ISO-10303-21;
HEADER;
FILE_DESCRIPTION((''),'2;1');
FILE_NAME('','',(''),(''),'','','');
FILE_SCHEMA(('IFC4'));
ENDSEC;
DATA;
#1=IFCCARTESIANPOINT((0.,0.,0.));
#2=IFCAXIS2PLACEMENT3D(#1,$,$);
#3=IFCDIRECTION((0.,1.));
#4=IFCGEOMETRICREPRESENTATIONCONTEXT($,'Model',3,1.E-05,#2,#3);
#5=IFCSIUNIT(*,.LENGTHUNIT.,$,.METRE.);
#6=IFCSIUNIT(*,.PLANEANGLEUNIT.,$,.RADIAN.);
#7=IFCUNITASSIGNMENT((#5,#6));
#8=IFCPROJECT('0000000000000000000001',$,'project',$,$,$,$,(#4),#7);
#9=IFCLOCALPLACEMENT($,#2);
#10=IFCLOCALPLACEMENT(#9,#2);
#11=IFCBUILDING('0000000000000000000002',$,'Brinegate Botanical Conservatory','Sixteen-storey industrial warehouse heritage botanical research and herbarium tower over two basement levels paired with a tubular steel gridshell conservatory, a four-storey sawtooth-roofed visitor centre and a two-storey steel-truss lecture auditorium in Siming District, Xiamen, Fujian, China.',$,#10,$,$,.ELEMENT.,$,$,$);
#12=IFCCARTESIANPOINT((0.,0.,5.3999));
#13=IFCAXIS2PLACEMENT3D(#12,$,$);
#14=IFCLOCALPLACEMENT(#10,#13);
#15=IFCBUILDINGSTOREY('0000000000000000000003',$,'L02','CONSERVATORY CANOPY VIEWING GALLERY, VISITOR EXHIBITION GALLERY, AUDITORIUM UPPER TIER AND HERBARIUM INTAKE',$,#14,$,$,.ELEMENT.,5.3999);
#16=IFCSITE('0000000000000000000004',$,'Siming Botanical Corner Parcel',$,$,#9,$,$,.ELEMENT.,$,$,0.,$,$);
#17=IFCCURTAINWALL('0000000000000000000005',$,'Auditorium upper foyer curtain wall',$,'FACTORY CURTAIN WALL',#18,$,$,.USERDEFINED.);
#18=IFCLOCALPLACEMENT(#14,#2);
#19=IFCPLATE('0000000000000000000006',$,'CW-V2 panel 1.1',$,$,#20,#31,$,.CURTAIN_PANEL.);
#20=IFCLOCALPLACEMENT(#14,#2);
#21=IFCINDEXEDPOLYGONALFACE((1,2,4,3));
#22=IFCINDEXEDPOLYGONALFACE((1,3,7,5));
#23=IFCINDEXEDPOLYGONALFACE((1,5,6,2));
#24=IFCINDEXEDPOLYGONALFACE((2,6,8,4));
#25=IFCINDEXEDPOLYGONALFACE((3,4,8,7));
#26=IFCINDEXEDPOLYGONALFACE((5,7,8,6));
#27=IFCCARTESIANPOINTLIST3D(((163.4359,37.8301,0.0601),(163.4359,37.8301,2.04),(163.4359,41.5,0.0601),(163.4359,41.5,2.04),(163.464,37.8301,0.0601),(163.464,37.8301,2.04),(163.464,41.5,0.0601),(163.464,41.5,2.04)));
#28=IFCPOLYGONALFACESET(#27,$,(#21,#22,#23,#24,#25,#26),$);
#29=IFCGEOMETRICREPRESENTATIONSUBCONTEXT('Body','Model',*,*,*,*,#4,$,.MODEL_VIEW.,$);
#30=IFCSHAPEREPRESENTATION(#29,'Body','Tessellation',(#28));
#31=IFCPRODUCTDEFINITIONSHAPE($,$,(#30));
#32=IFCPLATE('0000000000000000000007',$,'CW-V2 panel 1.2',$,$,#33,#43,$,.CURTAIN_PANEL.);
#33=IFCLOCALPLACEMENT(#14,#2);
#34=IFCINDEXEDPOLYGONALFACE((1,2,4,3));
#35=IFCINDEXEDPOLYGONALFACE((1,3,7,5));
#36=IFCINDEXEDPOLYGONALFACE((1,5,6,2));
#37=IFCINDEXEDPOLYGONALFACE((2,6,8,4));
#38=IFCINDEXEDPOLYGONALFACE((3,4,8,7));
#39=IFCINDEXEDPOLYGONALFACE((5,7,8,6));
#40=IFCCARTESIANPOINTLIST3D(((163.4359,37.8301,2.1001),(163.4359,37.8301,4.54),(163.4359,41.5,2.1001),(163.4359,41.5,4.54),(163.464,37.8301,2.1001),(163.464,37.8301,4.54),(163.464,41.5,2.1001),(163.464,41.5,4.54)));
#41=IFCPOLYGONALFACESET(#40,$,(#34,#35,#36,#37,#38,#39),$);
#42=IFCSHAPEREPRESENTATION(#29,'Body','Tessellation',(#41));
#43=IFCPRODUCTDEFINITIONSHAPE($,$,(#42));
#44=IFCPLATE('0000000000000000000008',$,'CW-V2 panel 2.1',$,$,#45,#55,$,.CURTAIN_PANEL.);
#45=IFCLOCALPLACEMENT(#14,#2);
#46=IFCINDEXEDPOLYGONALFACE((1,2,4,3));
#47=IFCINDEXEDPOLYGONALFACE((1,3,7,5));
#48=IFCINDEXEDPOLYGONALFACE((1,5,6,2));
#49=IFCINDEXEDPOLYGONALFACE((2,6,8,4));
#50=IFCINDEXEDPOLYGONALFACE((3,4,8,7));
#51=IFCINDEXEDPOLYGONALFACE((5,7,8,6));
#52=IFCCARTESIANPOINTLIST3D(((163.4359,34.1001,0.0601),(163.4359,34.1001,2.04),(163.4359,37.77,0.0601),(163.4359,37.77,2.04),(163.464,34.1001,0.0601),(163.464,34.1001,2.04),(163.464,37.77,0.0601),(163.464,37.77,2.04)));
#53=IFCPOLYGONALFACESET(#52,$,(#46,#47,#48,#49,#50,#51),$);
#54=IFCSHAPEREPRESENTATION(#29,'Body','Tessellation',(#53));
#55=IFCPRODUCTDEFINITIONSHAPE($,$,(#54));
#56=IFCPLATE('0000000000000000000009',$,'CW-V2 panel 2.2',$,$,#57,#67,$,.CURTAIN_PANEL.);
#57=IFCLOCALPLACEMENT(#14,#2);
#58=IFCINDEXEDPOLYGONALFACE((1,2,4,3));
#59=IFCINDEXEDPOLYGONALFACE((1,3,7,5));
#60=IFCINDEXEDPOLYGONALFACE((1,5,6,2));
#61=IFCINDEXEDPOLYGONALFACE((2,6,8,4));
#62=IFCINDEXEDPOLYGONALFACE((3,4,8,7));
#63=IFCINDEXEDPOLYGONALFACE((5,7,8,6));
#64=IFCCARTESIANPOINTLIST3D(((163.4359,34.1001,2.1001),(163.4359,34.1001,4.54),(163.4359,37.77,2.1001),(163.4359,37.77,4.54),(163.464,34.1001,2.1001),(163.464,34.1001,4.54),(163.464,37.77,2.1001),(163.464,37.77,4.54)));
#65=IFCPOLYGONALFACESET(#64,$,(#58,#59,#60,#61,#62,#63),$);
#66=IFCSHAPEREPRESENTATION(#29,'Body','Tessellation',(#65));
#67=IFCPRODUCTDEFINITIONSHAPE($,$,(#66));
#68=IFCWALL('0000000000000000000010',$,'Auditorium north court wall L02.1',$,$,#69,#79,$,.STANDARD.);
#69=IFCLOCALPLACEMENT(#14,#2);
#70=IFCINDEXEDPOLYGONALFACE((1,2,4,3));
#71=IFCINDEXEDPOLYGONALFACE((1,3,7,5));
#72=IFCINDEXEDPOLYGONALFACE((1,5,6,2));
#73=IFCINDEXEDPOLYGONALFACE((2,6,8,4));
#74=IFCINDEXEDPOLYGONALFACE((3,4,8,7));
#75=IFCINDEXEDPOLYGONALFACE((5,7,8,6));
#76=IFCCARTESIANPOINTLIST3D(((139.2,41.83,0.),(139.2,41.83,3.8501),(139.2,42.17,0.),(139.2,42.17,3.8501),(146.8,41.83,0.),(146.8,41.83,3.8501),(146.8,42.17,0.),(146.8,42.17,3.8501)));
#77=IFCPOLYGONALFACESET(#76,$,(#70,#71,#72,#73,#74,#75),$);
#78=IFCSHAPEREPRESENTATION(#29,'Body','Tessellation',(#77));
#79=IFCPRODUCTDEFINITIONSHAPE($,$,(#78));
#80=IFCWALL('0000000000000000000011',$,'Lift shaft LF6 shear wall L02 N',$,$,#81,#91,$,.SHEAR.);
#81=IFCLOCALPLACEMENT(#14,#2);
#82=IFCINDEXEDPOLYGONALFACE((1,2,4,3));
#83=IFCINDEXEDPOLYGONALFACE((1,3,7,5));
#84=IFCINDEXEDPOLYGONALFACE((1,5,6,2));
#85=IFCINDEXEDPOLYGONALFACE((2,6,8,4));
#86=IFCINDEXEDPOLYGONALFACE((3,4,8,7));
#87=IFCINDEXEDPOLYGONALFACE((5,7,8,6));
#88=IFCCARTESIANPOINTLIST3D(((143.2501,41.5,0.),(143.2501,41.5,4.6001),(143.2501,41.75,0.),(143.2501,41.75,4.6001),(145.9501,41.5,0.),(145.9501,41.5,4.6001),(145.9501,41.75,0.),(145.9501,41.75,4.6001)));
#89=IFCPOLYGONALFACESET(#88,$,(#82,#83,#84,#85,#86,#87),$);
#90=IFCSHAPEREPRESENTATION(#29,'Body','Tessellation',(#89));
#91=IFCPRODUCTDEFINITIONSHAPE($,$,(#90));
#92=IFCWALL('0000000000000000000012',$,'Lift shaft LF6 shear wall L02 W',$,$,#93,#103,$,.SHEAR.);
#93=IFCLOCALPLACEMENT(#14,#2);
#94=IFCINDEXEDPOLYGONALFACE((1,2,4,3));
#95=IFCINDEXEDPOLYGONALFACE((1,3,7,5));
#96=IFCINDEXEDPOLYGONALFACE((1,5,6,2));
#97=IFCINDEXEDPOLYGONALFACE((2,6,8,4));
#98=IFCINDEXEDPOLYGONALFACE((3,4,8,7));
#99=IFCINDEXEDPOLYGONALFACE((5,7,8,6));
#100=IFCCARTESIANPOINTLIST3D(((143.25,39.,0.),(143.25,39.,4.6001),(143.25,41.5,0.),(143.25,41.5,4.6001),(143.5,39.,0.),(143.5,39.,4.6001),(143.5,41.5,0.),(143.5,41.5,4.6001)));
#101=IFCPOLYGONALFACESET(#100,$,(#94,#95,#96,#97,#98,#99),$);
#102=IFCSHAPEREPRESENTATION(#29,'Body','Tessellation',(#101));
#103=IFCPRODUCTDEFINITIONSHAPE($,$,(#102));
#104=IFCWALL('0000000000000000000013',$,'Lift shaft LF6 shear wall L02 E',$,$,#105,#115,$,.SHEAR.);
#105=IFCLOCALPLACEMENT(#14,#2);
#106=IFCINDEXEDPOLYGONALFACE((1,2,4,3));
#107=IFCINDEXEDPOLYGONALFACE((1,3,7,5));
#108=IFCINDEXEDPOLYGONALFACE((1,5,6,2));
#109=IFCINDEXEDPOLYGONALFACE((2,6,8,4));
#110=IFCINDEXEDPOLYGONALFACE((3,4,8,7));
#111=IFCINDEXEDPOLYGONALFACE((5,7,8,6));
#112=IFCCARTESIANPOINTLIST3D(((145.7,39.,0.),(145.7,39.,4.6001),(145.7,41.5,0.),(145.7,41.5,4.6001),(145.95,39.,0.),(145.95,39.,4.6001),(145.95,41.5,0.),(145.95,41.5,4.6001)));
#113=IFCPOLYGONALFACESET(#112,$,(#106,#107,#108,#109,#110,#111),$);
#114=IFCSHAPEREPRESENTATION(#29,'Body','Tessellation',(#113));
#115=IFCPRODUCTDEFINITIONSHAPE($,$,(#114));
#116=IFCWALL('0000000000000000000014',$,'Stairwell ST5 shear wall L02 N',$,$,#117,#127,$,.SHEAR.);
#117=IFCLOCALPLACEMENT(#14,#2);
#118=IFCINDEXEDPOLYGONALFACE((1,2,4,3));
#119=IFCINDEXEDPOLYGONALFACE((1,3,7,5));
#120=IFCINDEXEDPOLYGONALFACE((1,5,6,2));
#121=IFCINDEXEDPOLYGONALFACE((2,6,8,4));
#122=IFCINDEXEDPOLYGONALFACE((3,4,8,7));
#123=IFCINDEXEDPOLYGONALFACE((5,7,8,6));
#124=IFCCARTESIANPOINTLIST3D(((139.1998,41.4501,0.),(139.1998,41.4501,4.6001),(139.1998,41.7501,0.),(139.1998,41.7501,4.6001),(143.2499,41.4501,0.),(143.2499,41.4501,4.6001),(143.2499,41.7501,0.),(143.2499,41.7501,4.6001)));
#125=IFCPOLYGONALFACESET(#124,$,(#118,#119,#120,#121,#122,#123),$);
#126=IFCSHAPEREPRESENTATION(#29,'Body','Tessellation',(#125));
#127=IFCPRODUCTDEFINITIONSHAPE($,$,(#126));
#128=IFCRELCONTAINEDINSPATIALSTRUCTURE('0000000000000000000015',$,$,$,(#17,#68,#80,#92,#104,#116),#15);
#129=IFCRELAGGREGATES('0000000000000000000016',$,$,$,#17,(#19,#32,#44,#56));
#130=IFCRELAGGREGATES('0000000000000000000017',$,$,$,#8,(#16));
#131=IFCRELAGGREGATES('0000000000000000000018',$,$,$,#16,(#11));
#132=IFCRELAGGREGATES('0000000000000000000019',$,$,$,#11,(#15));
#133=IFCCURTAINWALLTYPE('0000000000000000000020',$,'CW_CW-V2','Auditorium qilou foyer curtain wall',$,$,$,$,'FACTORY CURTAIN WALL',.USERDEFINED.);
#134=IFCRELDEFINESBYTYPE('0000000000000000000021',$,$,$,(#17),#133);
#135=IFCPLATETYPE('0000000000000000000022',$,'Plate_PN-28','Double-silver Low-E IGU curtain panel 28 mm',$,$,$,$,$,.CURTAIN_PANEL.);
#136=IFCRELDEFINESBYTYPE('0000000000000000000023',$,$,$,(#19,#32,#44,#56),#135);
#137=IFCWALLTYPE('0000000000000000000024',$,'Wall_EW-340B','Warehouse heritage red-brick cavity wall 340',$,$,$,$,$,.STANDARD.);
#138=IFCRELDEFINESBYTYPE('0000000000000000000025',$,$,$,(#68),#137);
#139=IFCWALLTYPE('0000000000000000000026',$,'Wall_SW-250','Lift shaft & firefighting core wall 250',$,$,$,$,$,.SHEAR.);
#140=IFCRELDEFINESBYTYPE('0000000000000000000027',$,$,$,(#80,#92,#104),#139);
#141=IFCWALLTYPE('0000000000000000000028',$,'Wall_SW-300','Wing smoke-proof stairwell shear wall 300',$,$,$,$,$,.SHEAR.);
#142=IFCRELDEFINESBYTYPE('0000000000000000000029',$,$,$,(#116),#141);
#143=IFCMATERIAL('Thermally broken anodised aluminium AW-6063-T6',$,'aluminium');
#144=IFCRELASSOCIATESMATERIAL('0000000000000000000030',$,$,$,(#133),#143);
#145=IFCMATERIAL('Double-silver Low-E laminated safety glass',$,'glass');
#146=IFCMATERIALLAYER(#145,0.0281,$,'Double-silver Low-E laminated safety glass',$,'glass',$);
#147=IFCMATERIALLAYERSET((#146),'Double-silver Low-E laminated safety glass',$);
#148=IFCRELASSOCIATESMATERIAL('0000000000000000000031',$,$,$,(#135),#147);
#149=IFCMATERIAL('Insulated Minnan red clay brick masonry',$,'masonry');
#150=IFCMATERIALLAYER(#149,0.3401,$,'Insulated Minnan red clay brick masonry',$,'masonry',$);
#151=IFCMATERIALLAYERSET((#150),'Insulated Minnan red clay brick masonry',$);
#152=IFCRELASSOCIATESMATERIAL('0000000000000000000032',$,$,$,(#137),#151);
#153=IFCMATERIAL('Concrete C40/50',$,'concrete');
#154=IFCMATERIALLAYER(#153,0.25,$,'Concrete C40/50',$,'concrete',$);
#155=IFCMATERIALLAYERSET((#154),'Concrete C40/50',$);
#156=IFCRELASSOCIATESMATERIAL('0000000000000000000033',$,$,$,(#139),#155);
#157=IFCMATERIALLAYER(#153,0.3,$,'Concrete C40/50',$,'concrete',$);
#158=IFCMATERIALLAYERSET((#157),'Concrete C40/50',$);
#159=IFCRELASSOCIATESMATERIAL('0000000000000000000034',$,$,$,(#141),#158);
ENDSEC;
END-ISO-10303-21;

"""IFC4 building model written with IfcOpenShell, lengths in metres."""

from ifc_helpers import new_model, si_unit, direction, frame, frame_2d, origin, origin_2d, place, context, subcontext, project, spatial, rectangle, extrude, material, layer, layer_set, type_object, element, aggregate, save


model = new_model("IFC4")

# Units and contexts
model_context = context("Model", 3, precision=1e-05, world=origin(), true_north=direction((0.0, 1.0)))
body_context = subcontext(model_context, "Body", "Model", "MODEL_VIEW")
ifc_project = project(units=[si_unit("LENGTHUNIT", "METRE"), si_unit("PLANEANGLEUNIT", "RADIAN")], contexts=[model_context])

# Site, building, storey
site_placement = place(None, origin())
site = spatial("IfcSite", under=ifc_project, at=site_placement, Name="Siming Botanical Corner Parcel", CompositionType="ELEMENT", RefElevation=0.0)
building_placement = place(site_placement, origin())
building = spatial("IfcBuilding", under=site, at=building_placement, Name="Brinegate Botanical Conservatory", Description="Sixteen-storey industrial warehouse heritage botanical research and herbarium tower over two basement levels paired with a tubular steel gridshell conservatory, a four-storey sawtooth-roofed visitor centre and a two-storey steel-truss lecture auditorium in Siming District, Xiamen, Fujian, China.", CompositionType="ELEMENT")
storey_placement = place(building_placement, frame((0.0, 0.0, 5.3999)))
storey = spatial("IfcBuildingStorey", under=building, at=storey_placement, Name="L02", Description="CONSERVATORY CANOPY VIEWING GALLERY, VISITOR EXHIBITION GALLERY, AUDITORIUM UPPER TIER AND HERBARIUM INTAKE", CompositionType="ELEMENT", Elevation=5.3999)

# Shared definitions
ifc_material_1 = material(Name="Concrete C40/50", Category="concrete")

# Curtain wall
ifc_material_2 = material(Name="Thermally broken anodised aluminium AW-6063-T6", Category="aluminium")
curtain_wall_type = type_object("IfcCurtainWallType", Name="CW_CW-V2", Description="Auditorium qilou foyer curtain wall", ElementType="FACTORY CURTAIN WALL", PredefinedType="USERDEFINED", material=ifc_material_2)
curtain_wall_1_placement = place(storey_placement, origin())
curtain_wall_1 = element("IfcCurtainWall", 1, at=curtain_wall_1_placement, inside=storey, type_object=curtain_wall_type, Name="Auditorium upper foyer curtain wall", ObjectType="FACTORY CURTAIN WALL", PredefinedType="USERDEFINED")

# Plates
ifc_material_3 = material(Name="Double-silver Low-E laminated safety glass", Category="glass")
ifc_layer_1 = layer(ifc_material_3, 0.0281, Name="Double-silver Low-E laminated safety glass", Category="glass")
ifc_layer_set_1 = layer_set([ifc_layer_1], Name="Double-silver Low-E laminated safety glass")
plate_type = type_object("IfcPlateType", Name="Plate_PN-28", Description="Double-silver Low-E IGU curtain panel 28 mm", PredefinedType="CURTAIN_PANEL", material=ifc_layer_set_1)
plate_1_placement = place(storey_placement, frame((163.45, 39.665, 0.0601), z_axis=(0.0, 0.0, 1.0), x_axis=(0.0, -1.0, 0.0)))
plate_1 = element("IfcPlate", 2, at=plate_1_placement, type_object=plate_type, Name="CW-V2 panel 1.1", PredefinedType="CURTAIN_PANEL", context=body_context, shape_type="SweptSolid", body=[
    extrude(rectangle(XDim=3.6699, YDim=0.0281, at=origin_2d()), origin(), (0.0, 0.0, 1.0), 1.98),
])
plate_2_placement = place(storey_placement, frame((163.45, 39.665, 2.1001), z_axis=(0.0, 0.0, 1.0), x_axis=(0.0, -1.0, 0.0)))
plate_2 = element("IfcPlate", 3, at=plate_2_placement, type_object=plate_type, Name="CW-V2 panel 1.2", PredefinedType="CURTAIN_PANEL", context=body_context, shape_type="SweptSolid", body=[
    extrude(rectangle(XDim=3.6699, YDim=0.0281, at=origin_2d()), origin(), (0.0, 0.0, 1.0), 2.4399),
])
plate_3_placement = place(storey_placement, frame((163.45, 35.9351, 0.0601), z_axis=(0.0, 0.0, 1.0), x_axis=(0.0, -1.0, 0.0)))
plate_3 = element("IfcPlate", 4, at=plate_3_placement, type_object=plate_type, Name="CW-V2 panel 2.1", PredefinedType="CURTAIN_PANEL", context=body_context, shape_type="SweptSolid", body=[
    extrude(rectangle(XDim=3.6699, YDim=0.0281, at=origin_2d()), origin(), (0.0, 0.0, 1.0), 1.98),
])
plate_4_placement = place(storey_placement, frame((163.45, 35.9351, 2.1001), z_axis=(0.0, 0.0, 1.0), x_axis=(0.0, -1.0, 0.0)))
plate_4 = element("IfcPlate", 5, at=plate_4_placement, type_object=plate_type, Name="CW-V2 panel 2.2", PredefinedType="CURTAIN_PANEL", context=body_context, shape_type="SweptSolid", body=[
    extrude(rectangle(XDim=3.6699, YDim=0.0281, at=origin_2d()), origin(), (0.0, 0.0, 1.0), 2.4399),
])
aggregate(curtain_wall_1, [plate_1, plate_2, plate_3, plate_4])

# Wall
ifc_material_4 = material(Name="Insulated Minnan red clay brick masonry", Category="masonry")
ifc_layer_2 = layer(ifc_material_4, 0.3401, Name="Insulated Minnan red clay brick masonry", Category="masonry")
ifc_layer_set_2 = layer_set([ifc_layer_2], Name="Insulated Minnan red clay brick masonry")
wall_type_1 = type_object("IfcWallType", Name="Wall_EW-340B", Description="Warehouse heritage red-brick cavity wall 340", PredefinedType="STANDARD", material=ifc_layer_set_2)
wall_1_placement = place(storey_placement, frame((139.2, 42.0, 0.0), z_axis=(0.0, 0.0, 1.0), x_axis=(1.0, 0.0, 0.0)))
element("IfcWall", 6, at=wall_1_placement, inside=storey, type_object=wall_type_1, Name="Auditorium north court wall L02.1", PredefinedType="STANDARD", context=body_context, shape_type="SweptSolid", body=[
    extrude(rectangle(XDim=7.6001, YDim=0.3401, at=frame_2d((3.8, 0.0))), origin(), (0.0, 0.0, 1.0), 3.8501),
])

# Shared definitions
ifc_layer_3 = layer(ifc_material_1, 0.25, Name="Concrete C40/50", Category="concrete")
ifc_layer_set_3 = layer_set([ifc_layer_3], Name="Concrete C40/50")
wall_type_2 = type_object("IfcWallType", Name="Wall_SW-250", Description="Lift shaft & firefighting core wall 250", PredefinedType="SHEAR", material=ifc_layer_set_3)

# Walls
wall_2_placement = place(storey_placement, frame((143.25, 41.625, 0.0), z_axis=(0.0, 0.0, 1.0), x_axis=(1.0, 0.0, 0.0)))
element("IfcWall", 7, at=wall_2_placement, inside=storey, type_object=wall_type_2, Name="Lift shaft LF6 shear wall L02 N", PredefinedType="SHEAR", context=body_context, shape_type="SweptSolid", body=[
    extrude(rectangle(XDim=2.7, YDim=0.25, at=frame_2d((1.3501, 0.0))), origin(), (0.0, 0.0, 1.0), 4.6001),
])
for number, where, z_axis, x_axis, name in (
    (8, (143.375, 39.0, 0.0), (0.0, 0.0, 1.0), (0.0, 1.0, 0.0), "Lift shaft LF6 shear wall L02 W"),
    (9, (145.825, 39.0, 0.0), (0.0, 0.0, 1.0), (0.0, 1.0, 0.0), "Lift shaft LF6 shear wall L02 E"),
):
    element("IfcWall", number, at=place(storey_placement, frame(where, z_axis=z_axis, x_axis=x_axis)), inside=storey, type_object=wall_type_2, Name=name, PredefinedType="SHEAR", context=body_context, shape_type="SweptSolid", body=[
        extrude(rectangle(XDim=2.5, YDim=0.25, at=frame_2d((1.25, 0.0))), origin(), (0.0, 0.0, 1.0), 4.6001),
    ])
ifc_layer_4 = layer(ifc_material_1, 0.3, Name="Concrete C40/50", Category="concrete")
ifc_layer_set_4 = layer_set([ifc_layer_4], Name="Concrete C40/50")
wall_type_3 = type_object("IfcWallType", Name="Wall_SW-300", Description="Wing smoke-proof stairwell shear wall 300", PredefinedType="SHEAR", material=ifc_layer_set_4)
wall_3_placement = place(storey_placement, frame((139.2, 41.6001, 0.0), z_axis=(0.0, 0.0, 1.0), x_axis=(1.0, 0.0, 0.0)))
element("IfcWall", 10, at=wall_3_placement, inside=storey, type_object=wall_type_3, Name="Stairwell ST5 shear wall L02 N", PredefinedType="SHEAR", context=body_context, shape_type="SweptSolid", body=[
    extrude(rectangle(XDim=4.05, YDim=0.3, at=frame_2d((2.0249, 0.0))), origin(), (0.0, 0.0, 1.0), 4.6001),
])

save(model, "model.ifc")
